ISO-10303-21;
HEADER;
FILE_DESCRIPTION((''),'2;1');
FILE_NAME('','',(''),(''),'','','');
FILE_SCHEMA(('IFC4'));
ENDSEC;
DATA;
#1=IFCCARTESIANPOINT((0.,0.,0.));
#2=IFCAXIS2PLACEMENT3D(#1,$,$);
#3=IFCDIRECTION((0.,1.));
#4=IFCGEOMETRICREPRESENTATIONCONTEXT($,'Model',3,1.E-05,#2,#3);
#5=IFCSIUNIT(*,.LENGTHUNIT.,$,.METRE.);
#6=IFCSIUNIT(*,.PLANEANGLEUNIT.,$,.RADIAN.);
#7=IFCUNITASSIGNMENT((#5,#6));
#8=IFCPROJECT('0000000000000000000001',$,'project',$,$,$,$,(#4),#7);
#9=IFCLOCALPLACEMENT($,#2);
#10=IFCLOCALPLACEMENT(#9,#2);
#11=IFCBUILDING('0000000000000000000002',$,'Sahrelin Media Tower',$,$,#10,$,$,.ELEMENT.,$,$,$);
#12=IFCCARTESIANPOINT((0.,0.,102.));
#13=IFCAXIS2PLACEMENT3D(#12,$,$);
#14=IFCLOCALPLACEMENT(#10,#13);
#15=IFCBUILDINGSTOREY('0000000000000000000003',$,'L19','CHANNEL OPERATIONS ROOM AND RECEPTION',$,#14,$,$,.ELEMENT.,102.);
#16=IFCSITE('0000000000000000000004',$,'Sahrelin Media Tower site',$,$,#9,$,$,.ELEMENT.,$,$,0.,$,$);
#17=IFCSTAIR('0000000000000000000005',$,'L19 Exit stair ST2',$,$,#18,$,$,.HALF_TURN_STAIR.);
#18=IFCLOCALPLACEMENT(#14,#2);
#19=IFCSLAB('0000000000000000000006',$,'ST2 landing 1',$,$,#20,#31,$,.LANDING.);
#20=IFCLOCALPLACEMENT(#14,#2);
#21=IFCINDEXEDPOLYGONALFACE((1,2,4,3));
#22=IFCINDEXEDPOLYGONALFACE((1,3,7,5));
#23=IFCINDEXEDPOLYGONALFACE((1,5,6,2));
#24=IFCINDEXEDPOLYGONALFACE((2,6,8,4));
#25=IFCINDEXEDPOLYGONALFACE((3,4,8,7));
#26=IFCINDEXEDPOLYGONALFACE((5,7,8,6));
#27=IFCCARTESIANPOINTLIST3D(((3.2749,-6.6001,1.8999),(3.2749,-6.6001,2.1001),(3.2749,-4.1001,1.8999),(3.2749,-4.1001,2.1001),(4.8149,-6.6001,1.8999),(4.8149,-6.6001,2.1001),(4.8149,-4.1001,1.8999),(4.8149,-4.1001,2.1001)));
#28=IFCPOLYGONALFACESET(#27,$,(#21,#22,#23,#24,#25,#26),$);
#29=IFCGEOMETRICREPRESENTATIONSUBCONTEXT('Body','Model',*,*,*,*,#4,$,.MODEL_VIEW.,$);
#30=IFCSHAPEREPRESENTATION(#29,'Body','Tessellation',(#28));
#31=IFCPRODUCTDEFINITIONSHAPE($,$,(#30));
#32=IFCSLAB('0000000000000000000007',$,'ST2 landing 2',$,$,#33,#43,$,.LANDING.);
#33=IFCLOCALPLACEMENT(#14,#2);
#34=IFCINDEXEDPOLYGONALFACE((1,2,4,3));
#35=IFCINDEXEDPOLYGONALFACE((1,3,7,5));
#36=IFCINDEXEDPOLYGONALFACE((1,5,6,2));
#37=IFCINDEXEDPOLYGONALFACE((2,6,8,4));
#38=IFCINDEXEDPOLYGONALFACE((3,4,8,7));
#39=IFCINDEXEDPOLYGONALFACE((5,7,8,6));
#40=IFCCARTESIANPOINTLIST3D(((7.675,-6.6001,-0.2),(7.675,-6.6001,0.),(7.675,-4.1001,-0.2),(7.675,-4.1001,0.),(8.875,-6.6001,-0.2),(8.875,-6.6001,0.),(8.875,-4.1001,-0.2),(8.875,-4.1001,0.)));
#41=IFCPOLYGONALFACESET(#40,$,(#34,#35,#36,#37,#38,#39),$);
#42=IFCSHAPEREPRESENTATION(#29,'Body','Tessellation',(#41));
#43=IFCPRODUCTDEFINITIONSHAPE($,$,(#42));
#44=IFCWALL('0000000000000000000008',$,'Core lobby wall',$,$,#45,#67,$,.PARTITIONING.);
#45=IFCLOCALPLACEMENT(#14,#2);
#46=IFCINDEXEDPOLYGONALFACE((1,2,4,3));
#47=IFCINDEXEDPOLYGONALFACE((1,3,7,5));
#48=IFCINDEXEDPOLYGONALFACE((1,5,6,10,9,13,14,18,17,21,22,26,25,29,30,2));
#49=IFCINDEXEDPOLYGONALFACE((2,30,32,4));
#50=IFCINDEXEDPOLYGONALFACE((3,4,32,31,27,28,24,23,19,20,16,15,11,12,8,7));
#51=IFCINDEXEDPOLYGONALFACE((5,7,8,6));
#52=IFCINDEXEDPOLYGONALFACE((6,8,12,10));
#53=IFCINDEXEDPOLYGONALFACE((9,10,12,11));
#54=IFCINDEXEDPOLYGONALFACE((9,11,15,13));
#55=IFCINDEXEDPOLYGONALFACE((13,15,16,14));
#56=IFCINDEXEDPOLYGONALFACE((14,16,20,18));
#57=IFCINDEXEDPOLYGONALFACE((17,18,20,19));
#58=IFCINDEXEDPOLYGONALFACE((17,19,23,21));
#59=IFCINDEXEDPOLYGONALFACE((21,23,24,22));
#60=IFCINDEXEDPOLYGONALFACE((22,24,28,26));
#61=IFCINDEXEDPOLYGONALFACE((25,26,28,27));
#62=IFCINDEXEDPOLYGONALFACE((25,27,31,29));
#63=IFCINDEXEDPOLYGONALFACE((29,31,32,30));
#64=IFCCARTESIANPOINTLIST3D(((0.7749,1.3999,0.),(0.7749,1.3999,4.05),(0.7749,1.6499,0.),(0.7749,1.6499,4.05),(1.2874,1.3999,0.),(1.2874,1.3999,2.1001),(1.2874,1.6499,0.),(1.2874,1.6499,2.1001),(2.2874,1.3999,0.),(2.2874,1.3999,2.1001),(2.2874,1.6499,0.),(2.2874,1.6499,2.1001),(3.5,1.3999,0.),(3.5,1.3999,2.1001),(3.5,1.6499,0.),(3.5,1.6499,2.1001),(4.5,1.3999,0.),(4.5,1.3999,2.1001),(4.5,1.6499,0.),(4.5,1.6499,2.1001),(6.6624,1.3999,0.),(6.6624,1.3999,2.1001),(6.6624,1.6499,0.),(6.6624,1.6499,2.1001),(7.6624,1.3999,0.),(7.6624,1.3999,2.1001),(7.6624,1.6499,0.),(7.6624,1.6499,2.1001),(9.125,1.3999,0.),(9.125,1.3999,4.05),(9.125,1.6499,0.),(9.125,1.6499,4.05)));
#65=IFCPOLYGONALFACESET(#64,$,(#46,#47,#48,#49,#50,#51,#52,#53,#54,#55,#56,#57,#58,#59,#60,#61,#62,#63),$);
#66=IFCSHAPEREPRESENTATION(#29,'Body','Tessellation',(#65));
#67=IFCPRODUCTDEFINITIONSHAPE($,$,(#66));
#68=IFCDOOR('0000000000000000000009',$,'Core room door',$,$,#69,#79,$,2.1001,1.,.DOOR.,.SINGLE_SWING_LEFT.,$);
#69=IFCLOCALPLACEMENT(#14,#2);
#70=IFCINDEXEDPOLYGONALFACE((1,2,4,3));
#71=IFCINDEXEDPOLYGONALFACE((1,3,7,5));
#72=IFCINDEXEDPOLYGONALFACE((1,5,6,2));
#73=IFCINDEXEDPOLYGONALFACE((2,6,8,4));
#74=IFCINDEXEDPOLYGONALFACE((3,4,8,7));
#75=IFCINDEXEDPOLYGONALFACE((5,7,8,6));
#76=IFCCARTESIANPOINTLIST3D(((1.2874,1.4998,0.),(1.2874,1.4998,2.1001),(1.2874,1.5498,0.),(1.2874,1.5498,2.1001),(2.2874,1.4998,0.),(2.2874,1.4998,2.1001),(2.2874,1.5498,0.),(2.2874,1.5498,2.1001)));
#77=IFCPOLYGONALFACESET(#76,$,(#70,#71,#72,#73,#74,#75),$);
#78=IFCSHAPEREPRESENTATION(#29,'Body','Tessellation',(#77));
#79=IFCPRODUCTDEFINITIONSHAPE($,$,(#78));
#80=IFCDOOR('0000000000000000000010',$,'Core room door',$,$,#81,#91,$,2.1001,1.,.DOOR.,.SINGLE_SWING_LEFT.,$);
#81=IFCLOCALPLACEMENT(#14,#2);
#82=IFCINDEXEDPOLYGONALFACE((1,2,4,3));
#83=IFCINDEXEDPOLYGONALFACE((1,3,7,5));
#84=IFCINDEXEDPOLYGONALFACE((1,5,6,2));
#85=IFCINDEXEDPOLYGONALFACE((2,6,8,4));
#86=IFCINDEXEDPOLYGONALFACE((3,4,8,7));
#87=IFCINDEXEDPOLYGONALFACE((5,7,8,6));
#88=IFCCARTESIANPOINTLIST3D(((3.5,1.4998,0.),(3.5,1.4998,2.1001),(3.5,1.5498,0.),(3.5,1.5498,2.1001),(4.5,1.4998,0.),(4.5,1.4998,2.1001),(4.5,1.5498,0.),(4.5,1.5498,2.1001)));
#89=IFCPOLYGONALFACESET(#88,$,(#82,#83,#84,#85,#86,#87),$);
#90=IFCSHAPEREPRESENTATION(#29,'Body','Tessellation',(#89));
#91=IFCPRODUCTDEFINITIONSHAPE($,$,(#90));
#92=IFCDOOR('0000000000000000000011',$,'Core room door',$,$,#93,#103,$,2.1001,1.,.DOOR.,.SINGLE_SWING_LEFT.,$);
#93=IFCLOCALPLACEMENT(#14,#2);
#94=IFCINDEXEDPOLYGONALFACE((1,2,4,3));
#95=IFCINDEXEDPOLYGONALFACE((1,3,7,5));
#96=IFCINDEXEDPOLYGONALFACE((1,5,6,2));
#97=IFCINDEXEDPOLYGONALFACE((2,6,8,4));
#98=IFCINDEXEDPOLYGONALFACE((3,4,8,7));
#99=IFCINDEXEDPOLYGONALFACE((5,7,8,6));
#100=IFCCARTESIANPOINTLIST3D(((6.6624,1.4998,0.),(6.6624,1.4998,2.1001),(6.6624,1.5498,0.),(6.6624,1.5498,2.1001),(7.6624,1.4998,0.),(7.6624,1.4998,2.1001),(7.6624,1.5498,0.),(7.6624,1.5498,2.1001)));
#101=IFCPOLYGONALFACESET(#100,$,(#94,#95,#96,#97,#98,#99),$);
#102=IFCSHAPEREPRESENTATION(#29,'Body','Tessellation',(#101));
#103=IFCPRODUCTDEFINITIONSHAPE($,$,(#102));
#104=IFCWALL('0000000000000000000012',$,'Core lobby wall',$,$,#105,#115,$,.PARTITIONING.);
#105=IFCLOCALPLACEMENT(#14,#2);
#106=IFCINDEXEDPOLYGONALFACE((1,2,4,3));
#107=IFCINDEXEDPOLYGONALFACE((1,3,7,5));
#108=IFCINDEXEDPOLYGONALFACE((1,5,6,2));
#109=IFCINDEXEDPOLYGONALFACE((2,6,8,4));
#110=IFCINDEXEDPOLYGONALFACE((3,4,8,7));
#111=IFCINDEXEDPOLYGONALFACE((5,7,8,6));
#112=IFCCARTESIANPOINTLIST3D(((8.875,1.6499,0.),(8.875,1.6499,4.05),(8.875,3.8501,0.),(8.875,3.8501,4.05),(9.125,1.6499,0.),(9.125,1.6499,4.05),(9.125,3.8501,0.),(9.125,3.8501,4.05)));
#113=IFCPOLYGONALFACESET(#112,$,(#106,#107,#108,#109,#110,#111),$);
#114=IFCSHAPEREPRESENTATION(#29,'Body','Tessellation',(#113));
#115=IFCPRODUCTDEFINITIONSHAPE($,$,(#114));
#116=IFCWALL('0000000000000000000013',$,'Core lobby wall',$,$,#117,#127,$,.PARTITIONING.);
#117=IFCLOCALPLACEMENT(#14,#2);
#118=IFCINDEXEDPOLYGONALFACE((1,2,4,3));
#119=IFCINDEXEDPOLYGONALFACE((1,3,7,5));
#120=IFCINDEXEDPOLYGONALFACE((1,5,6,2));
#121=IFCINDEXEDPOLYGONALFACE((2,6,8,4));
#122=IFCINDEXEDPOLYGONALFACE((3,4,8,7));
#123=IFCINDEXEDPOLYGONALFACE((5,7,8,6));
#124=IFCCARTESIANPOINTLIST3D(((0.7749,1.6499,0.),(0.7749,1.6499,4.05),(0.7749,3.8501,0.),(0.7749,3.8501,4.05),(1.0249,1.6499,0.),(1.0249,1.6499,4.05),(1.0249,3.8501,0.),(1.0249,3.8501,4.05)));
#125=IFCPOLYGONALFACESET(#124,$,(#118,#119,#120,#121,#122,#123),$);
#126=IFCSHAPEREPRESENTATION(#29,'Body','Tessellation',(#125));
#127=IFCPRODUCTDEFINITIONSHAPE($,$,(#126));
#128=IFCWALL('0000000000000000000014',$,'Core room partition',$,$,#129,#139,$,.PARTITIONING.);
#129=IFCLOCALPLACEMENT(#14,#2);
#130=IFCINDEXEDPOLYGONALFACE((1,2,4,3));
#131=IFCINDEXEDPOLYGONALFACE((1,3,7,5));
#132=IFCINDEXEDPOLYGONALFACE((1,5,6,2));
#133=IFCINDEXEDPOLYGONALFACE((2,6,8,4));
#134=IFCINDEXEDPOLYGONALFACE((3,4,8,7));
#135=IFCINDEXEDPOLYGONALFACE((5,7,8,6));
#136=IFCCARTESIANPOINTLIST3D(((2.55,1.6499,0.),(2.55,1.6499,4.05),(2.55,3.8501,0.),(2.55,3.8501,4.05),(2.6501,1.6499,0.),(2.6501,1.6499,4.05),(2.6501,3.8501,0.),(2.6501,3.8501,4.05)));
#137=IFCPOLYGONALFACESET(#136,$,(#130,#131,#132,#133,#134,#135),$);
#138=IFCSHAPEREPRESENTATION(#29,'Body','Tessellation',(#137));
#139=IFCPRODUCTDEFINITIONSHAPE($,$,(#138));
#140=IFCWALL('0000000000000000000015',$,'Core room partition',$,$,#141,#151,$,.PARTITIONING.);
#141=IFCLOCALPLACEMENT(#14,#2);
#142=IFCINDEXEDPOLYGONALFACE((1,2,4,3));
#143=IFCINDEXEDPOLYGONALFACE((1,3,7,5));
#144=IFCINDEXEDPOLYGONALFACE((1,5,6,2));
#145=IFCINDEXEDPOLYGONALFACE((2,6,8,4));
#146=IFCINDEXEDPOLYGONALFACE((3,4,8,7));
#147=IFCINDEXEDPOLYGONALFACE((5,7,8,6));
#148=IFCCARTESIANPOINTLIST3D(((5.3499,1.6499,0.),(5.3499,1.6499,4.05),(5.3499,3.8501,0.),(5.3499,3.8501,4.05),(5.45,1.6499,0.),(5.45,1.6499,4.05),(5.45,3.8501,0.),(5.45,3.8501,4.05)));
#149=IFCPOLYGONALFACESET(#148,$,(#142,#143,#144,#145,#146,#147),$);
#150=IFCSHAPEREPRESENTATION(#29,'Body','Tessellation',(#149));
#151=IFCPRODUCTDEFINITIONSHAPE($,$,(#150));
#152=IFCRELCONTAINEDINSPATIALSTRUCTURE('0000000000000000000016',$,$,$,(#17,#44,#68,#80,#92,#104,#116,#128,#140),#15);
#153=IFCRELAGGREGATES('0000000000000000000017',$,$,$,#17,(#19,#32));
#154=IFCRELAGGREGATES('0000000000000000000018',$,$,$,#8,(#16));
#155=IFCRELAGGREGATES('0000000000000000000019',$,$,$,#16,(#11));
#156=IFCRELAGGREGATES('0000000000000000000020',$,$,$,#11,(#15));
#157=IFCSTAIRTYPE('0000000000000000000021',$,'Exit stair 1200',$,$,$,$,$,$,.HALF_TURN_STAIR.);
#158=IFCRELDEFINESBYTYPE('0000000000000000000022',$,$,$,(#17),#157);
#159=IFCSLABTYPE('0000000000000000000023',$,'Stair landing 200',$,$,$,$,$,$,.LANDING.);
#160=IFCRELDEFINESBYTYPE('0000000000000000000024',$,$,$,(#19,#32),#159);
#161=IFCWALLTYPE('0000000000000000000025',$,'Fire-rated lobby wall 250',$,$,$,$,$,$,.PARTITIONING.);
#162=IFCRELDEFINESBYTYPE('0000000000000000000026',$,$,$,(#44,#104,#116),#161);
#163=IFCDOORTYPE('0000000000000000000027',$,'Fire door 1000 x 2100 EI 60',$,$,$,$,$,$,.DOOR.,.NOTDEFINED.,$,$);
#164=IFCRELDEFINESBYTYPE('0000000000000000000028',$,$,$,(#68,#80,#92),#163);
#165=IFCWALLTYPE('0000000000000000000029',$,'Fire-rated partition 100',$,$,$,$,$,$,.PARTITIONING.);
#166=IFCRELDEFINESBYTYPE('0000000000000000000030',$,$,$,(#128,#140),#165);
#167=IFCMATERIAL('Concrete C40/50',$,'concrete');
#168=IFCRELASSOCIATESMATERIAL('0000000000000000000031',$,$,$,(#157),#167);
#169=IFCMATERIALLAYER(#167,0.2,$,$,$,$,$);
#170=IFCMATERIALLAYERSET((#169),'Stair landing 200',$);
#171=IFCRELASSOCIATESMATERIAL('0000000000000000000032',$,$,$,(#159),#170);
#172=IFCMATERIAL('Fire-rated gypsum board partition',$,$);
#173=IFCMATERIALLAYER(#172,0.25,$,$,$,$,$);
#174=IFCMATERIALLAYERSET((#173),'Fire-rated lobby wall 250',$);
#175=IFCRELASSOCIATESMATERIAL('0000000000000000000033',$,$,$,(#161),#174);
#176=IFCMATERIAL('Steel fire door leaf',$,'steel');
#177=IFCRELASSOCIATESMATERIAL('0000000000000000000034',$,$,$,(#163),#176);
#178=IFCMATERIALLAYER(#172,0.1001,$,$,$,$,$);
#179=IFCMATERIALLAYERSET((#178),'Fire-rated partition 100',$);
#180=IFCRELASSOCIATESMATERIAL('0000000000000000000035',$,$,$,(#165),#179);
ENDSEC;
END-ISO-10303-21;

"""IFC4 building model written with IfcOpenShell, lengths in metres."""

from ifc_helpers import new_model, si_unit, direction, frame, frame_2d, origin, place, context, subcontext, project, spatial, polyline, rectangle, outline, extrude, material, layer, layer_set, type_object, element, fill, aggregate, save


model = new_model("IFC4")

# Units and contexts
model_context = context("Model", 3, precision=1e-05, world=origin(), true_north=direction((0.0, 1.0)))
body_context = subcontext(model_context, "Body", "Model", "MODEL_VIEW")
ifc_project = project(units=[si_unit("LENGTHUNIT", "METRE"), si_unit("PLANEANGLEUNIT", "RADIAN")], contexts=[model_context])

# Site, building, storey
site_placement = place(None, origin())
site = spatial("IfcSite", under=ifc_project, at=site_placement, Name="Sahrelin Media Tower site", CompositionType="ELEMENT", RefElevation=0.0)
building_placement = place(site_placement, origin())
building = spatial("IfcBuilding", under=site, at=building_placement, Name="Sahrelin Media Tower", CompositionType="ELEMENT")
storey_placement = place(building_placement, frame((0.0, 0.0, 102.0)))
storey = spatial("IfcBuildingStorey", under=building, at=storey_placement, Name="L19", Description="CHANNEL OPERATIONS ROOM AND RECEPTION", CompositionType="ELEMENT", Elevation=102.0)

# Shared definitions
ifc_material_1 = material(Name="Concrete C40/50", Category="concrete")

# Shared definitions
stair_type = type_object("IfcStairType", Name="Exit stair 1200", PredefinedType="HALF_TURN_STAIR", material=ifc_material_1)
placement_1 = place(storey_placement, origin())
ifc_layer_1 = layer(ifc_material_1, 0.2)
ifc_layer_set_1 = layer_set([ifc_layer_1], Name="Stair landing 200")
slab_type_1 = type_object("IfcSlabType", Name="Stair landing 200", PredefinedType="LANDING", material=ifc_layer_set_1)
placement_2 = place(storey_placement, frame((0.0, 0.0, -0.2)))

# Stair, slabs
stair_1 = element("IfcStair", 1, at=placement_1, inside=storey, type_object=stair_type, Name="L19 Exit stair ST2", PredefinedType="HALF_TURN_STAIR")
slab_1_placement = place(storey_placement, frame((0.0, 0.0, 1.8999)))
slab_1 = element("IfcSlab", 2, at=slab_1_placement, type_object=slab_type_1, Name="ST2 landing 1", PredefinedType="LANDING", context=body_context, shape_type="SweptSolid", body=[
    extrude(outline(polyline([(4.8149, -4.1001), (3.2749, -4.1001), (3.2749, -6.6001), (4.8149, -6.6001), (4.8149, -4.1001)])), origin(), (0.0, 0.0, 1.0), 0.2002),
])
slab_2 = element("IfcSlab", 3, at=placement_2, type_object=slab_type_1, Name="ST2 landing 2", PredefinedType="LANDING", context=body_context, shape_type="SweptSolid", body=[
    extrude(outline(polyline([(8.875, -4.1001), (7.675, -4.1001), (7.675, -6.6001), (8.875, -6.6001), (8.875, -4.1001)])), origin(), (0.0, 0.0, 1.0), 0.2),
])
aggregate(stair_1, [slab_1, slab_2])

# Wall, openings, doors
ifc_material_2 = material(Name="Fire-rated gypsum board partition")
ifc_layer_2 = layer(ifc_material_2, 0.25)
ifc_layer_set_2 = layer_set([ifc_layer_2], Name="Fire-rated lobby wall 250")
wall_type_1 = type_object("IfcWallType", Name="Fire-rated lobby wall 250", PredefinedType="PARTITIONING", material=ifc_layer_set_2)
wall_1_placement = place(storey_placement, frame((0.7749, 1.5249, 0.0), z_axis=(0.0, 0.0, 1.0), x_axis=(1.0, 0.0, 0.0)))
wall_1 = element("IfcWall", 4, at=wall_1_placement, inside=storey, type_object=wall_type_1, Name="Core lobby wall", PredefinedType="PARTITIONING", context=body_context, shape_type="SweptSolid", body=[
    extrude(rectangle(XDim=8.3501, YDim=0.25, at=frame_2d((4.175, 0.0))), origin(), (0.0, 0.0, 1.0), 4.05),
])
opening_1_placement = place(wall_1_placement, frame((0.5125, 0.0, 0.0)))
opening_1 = element("IfcOpeningElement", 5, at=opening_1_placement, cuts=wall_1, PredefinedType="OPENING", context=body_context, shape_type="SweptSolid", body=[
    extrude(rectangle(XDim=1.0, YDim=2.1001, at=frame_2d((0.5, 1.05))), frame((0.0, 0.125, 0.0), z_axis=(0.0, -1.0, 0.0), x_axis=(1.0, 0.0, 0.0)), (0.0, 0.0, 1.0), 0.25),
])
opening_2_placement = place(wall_1_placement, frame((2.7251, 0.0, 0.0)))
opening_2 = element("IfcOpeningElement", 6, at=opening_2_placement, cuts=wall_1, PredefinedType="OPENING", context=body_context, shape_type="SweptSolid", body=[
    extrude(rectangle(XDim=1.0, YDim=2.1001, at=frame_2d((0.5, 1.05))), frame((0.0, 0.125, 0.0), z_axis=(0.0, -1.0, 0.0), x_axis=(1.0, 0.0, 0.0)), (0.0, 0.0, 1.0), 0.25),
])
opening_3_placement = place(wall_1_placement, frame((5.8875, 0.0, 0.0)))
opening_3 = element("IfcOpeningElement", 7, at=opening_3_placement, cuts=wall_1, PredefinedType="OPENING", context=body_context, shape_type="SweptSolid", body=[
    extrude(rectangle(XDim=1.0, YDim=2.1001, at=frame_2d((0.5, 1.05))), frame((0.0, 0.125, 0.0), z_axis=(0.0, -1.0, 0.0), x_axis=(1.0, 0.0, 0.0)), (0.0, 0.0, 1.0), 0.25),
])
ifc_material_3 = material(Name="Steel fire door leaf", Category="steel")
door_type_1 = type_object("IfcDoorType", Name="Fire door 1000 x 2100 EI 60", OperationType="NOTDEFINED", PredefinedType="DOOR", material=ifc_material_3)
door_1_placement = place(opening_1_placement, origin())
door_1 = element("IfcDoor", 8, at=door_1_placement, inside=storey, type_object=door_type_1, Name="Core room door", OperationType="SINGLE_SWING_LEFT", OverallHeight=2.1001, OverallWidth=1.0, PredefinedType="DOOR", context=body_context, shape_type="SweptSolid", body=[
    extrude(rectangle(XDim=1.0, YDim=2.1001, at=frame_2d((0.5, 1.05))), frame((0.0, 0.0249, 0.0), z_axis=(0.0, -1.0, 0.0), x_axis=(1.0, 0.0, 0.0)), (0.0, 0.0, 1.0), 0.05),
])
fill(opening_1, door_1)
door_2_placement = place(opening_2_placement, origin())
door_2 = element("IfcDoor", 9, at=door_2_placement, inside=storey, type_object=door_type_1, Name="Core room door", OperationType="SINGLE_SWING_LEFT", OverallHeight=2.1001, OverallWidth=1.0, PredefinedType="DOOR", context=body_context, shape_type="SweptSolid", body=[
    extrude(rectangle(XDim=1.0, YDim=2.1001, at=frame_2d((0.5, 1.05))), frame((0.0, 0.0249, 0.0), z_axis=(0.0, -1.0, 0.0), x_axis=(1.0, 0.0, 0.0)), (0.0, 0.0, 1.0), 0.05),
])
fill(opening_2, door_2)
door_3_placement = place(opening_3_placement, origin())
door_3 = element("IfcDoor", 10, at=door_3_placement, inside=storey, type_object=door_type_1, Name="Core room door", OperationType="SINGLE_SWING_LEFT", OverallHeight=2.1001, OverallWidth=1.0, PredefinedType="DOOR", context=body_context, shape_type="SweptSolid", body=[
    extrude(rectangle(XDim=1.0, YDim=2.1001, at=frame_2d((0.5, 1.05))), frame((0.0, 0.0249, 0.0), z_axis=(0.0, -1.0, 0.0), x_axis=(1.0, 0.0, 0.0)), (0.0, 0.0, 1.0), 0.05),
])
fill(opening_3, door_3)

# Walls
for number, where, z_axis, x_axis, name in (
    (11, (9.0, 1.6499, 0.0), (0.0, 0.0, 1.0), (0.0, 1.0, 0.0), "Core lobby wall"),
    (12, (0.8999, 1.6499, 0.0), (0.0, 0.0, 1.0), (0.0, 1.0, 0.0), "Core lobby wall"),
):
    element("IfcWall", number, at=place(storey_placement, frame(where, z_axis=z_axis, x_axis=x_axis)), inside=storey, type_object=wall_type_1, Name=name, PredefinedType="PARTITIONING", context=body_context, shape_type="SweptSolid", body=[
        extrude(rectangle(XDim=2.2002, YDim=0.25, at=frame_2d((1.1001, 0.0))), origin(), (0.0, 0.0, 1.0), 4.05),
    ])
ifc_layer_3 = layer(ifc_material_2, 0.1001)
ifc_layer_set_3 = layer_set([ifc_layer_3], Name="Fire-rated partition 100")
wall_type_2 = type_object("IfcWallType", Name="Fire-rated partition 100", PredefinedType="PARTITIONING", material=ifc_layer_set_3)
for number, where, z_axis, x_axis, name in (
    (13, (2.6001, 1.6499, 0.0), (0.0, 0.0, 1.0), (0.0, 1.0, 0.0), "Core room partition"),
    (14, (5.3999, 1.6499, 0.0), (0.0, 0.0, 1.0), (0.0, 1.0, 0.0), "Core room partition"),
):
    element("IfcWall", number, at=place(storey_placement, frame(where, z_axis=z_axis, x_axis=x_axis)), inside=storey, type_object=wall_type_2, Name=name, PredefinedType="PARTITIONING", context=body_context, shape_type="SweptSolid", body=[
        extrude(rectangle(XDim=2.2002, YDim=0.1001, at=frame_2d((1.1001, 0.0))), origin(), (0.0, 0.0, 1.0), 4.05),
    ])

save(model, "model.ifc")
